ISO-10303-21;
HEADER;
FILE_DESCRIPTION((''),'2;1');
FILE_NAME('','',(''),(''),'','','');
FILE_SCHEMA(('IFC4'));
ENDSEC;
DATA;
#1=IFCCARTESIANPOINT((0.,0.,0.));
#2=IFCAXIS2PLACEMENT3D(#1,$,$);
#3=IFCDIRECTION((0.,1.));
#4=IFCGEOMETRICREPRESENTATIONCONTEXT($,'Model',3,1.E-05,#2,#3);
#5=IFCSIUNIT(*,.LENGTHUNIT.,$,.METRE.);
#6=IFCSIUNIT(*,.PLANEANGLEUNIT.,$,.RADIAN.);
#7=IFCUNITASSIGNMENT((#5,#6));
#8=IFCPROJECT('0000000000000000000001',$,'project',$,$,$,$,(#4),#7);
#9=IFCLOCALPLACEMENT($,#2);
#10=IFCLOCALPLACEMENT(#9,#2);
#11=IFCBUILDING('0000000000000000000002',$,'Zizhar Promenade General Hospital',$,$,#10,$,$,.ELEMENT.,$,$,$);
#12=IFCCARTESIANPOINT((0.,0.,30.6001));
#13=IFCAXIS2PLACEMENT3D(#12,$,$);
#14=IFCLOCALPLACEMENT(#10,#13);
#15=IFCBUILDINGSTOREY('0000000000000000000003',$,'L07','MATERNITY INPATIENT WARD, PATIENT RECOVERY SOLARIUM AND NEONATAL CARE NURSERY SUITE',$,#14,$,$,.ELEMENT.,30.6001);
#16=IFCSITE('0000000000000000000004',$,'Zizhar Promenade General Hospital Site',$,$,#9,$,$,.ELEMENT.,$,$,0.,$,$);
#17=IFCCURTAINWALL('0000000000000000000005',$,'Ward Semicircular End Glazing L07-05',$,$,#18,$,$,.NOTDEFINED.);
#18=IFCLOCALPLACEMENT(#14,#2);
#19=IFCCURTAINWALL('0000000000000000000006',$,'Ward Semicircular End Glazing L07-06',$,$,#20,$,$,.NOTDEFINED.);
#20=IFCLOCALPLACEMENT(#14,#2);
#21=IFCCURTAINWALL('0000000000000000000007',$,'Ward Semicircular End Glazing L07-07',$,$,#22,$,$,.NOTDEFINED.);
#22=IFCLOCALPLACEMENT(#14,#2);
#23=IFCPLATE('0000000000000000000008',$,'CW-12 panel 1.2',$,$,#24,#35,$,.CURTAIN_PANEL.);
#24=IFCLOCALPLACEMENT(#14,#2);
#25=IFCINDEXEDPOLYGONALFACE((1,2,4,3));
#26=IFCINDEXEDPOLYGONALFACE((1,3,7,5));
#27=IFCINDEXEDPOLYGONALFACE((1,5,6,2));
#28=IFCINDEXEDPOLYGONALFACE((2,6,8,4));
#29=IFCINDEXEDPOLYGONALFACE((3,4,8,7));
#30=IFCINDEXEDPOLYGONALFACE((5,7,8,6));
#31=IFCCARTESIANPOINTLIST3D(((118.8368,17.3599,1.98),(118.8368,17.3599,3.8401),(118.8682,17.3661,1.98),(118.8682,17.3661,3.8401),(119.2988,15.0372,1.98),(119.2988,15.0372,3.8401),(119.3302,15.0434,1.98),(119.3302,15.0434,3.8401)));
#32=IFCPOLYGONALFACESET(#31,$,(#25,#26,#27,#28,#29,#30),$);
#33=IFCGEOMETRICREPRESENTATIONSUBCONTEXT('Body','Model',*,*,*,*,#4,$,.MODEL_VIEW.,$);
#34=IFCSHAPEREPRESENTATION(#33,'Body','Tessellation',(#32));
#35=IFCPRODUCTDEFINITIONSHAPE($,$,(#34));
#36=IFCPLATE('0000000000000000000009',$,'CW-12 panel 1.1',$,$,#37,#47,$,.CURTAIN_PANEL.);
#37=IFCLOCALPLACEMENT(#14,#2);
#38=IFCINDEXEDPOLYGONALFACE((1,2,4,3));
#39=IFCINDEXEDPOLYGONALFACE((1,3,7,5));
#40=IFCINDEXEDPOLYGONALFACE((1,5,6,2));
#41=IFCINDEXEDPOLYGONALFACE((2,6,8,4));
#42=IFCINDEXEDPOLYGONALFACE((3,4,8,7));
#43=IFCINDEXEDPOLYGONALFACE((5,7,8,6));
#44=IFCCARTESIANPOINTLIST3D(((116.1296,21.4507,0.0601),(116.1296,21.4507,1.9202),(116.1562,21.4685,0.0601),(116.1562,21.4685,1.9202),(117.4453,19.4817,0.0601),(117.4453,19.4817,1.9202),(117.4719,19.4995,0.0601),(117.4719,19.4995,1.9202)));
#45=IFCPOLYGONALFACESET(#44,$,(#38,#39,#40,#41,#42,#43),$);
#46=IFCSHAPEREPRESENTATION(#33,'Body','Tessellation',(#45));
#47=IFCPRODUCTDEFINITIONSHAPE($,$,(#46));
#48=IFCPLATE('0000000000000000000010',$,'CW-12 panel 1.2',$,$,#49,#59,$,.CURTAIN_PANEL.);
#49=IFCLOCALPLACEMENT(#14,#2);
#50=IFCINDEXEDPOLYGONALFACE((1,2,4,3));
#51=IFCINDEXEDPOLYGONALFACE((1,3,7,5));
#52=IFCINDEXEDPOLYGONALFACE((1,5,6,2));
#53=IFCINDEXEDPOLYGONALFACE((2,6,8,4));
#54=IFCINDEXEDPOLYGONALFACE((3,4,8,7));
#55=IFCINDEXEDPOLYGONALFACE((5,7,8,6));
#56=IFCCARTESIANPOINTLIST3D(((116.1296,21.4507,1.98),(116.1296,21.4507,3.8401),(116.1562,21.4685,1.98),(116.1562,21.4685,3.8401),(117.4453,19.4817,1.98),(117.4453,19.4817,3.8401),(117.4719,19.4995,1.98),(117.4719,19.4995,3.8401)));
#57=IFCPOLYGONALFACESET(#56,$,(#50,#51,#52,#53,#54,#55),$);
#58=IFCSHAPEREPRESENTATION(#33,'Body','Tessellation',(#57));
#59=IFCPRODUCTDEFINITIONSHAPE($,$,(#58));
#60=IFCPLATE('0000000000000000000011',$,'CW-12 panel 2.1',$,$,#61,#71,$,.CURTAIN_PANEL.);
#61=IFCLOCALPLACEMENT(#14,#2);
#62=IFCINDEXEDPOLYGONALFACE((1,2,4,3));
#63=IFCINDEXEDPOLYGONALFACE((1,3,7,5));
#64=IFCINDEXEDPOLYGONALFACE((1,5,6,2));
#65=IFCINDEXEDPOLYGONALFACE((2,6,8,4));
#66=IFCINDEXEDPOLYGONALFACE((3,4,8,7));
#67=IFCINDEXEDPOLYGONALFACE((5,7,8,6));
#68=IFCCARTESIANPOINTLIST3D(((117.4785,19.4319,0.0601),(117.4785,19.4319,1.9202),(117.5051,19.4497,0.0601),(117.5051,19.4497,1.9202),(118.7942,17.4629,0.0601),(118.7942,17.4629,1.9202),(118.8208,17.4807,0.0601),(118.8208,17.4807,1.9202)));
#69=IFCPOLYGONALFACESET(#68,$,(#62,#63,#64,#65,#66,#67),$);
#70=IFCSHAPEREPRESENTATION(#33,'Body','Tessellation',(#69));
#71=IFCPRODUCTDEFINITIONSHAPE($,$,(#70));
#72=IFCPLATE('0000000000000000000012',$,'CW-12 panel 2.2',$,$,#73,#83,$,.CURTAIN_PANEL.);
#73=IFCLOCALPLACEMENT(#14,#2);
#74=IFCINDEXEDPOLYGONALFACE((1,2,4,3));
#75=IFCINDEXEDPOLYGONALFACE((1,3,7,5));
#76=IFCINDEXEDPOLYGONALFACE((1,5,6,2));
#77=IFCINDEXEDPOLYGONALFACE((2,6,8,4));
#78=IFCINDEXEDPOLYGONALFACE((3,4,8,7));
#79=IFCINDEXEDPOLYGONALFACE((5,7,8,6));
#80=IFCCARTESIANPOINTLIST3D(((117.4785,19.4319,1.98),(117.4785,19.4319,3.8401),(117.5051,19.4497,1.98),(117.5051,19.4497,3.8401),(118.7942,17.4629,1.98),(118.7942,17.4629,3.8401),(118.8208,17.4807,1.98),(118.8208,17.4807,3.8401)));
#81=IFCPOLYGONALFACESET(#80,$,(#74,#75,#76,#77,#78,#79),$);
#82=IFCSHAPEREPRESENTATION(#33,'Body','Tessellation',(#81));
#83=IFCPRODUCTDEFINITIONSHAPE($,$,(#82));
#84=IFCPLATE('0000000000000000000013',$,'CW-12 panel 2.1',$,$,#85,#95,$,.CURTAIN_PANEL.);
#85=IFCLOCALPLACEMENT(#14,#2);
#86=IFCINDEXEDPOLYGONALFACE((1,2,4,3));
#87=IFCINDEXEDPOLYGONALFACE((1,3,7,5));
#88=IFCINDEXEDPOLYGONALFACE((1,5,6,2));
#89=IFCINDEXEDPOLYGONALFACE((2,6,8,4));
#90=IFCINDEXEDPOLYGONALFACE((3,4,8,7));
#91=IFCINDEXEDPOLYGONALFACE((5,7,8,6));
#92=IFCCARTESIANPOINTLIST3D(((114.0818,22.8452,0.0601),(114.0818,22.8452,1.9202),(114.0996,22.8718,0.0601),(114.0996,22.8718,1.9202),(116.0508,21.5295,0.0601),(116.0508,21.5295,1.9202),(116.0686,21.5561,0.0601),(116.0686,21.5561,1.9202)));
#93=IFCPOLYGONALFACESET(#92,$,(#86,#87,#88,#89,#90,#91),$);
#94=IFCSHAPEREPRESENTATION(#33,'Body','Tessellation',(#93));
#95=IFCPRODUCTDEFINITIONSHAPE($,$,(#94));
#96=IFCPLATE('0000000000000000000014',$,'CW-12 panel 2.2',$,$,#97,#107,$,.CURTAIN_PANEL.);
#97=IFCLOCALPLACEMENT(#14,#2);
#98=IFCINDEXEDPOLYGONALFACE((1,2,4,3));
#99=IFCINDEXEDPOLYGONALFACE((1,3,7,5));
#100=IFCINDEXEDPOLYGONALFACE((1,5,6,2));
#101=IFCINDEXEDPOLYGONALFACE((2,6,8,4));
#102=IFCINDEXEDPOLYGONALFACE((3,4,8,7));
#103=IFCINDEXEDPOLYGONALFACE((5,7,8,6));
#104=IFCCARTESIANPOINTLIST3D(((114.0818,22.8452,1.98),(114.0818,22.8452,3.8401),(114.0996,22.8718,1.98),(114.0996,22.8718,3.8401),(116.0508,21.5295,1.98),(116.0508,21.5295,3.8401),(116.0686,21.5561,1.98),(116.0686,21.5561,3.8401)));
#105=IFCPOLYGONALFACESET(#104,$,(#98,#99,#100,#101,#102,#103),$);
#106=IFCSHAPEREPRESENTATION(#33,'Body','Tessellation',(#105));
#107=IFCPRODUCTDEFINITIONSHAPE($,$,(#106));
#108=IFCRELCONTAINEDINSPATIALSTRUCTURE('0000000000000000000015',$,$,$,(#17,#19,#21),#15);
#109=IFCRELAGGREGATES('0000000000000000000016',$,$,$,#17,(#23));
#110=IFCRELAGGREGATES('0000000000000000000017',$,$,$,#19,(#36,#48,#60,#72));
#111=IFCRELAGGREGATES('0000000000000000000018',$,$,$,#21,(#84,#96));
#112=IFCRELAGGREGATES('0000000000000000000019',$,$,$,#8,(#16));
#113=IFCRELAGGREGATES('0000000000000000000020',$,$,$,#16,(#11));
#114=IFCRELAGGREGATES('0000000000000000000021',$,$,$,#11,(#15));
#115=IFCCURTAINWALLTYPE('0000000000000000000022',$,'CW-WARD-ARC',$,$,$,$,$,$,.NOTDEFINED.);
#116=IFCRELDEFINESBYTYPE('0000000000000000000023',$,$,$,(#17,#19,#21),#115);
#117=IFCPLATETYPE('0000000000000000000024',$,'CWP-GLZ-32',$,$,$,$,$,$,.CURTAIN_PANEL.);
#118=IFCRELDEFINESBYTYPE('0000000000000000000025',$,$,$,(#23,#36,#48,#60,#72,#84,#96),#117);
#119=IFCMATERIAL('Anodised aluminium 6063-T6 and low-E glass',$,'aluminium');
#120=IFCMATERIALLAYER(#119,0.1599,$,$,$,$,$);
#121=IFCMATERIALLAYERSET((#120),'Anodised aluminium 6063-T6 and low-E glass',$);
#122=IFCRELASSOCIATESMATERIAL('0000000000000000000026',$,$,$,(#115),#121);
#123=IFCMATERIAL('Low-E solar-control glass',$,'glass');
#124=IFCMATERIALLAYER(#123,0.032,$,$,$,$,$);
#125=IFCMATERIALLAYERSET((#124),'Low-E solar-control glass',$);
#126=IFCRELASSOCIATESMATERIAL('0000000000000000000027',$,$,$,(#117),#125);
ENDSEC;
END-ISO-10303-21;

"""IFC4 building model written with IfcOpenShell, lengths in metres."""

from ifc_helpers import new_model, si_unit, direction, frame, origin, origin_2d, place, context, subcontext, project, spatial, rectangle, extrude, material, layer, layer_set, type_object, element, aggregate, save


model = new_model("IFC4")

# Units and contexts
model_context = context("Model", 3, precision=1e-05, world=origin(), true_north=direction((0.0, 1.0)))
body_context = subcontext(model_context, "Body", "Model", "MODEL_VIEW")
ifc_project = project(units=[si_unit("LENGTHUNIT", "METRE"), si_unit("PLANEANGLEUNIT", "RADIAN")], contexts=[model_context])

# Site, building, storey
site_placement = place(None, origin())
site = spatial("IfcSite", under=ifc_project, at=site_placement, Name="Zizhar Promenade General Hospital Site", CompositionType="ELEMENT", RefElevation=0.0)
building_placement = place(site_placement, origin())
building = spatial("IfcBuilding", under=site, at=building_placement, Name="Zizhar Promenade General Hospital", CompositionType="ELEMENT")
storey_placement = place(building_placement, frame((0.0, 0.0, 30.6001)))
storey = spatial("IfcBuildingStorey", under=building, at=storey_placement, Name="L07", Description="MATERNITY INPATIENT WARD, PATIENT RECOVERY SOLARIUM AND NEONATAL CARE NURSERY SUITE", CompositionType="ELEMENT", Elevation=30.6001)

# Curtain walls
ifc_material_1 = material(Name="Anodised aluminium 6063-T6 and low-E glass", Category="aluminium")
ifc_layer_1 = layer(ifc_material_1, 0.1599)
ifc_layer_set_1 = layer_set([ifc_layer_1], Name="Anodised aluminium 6063-T6 and low-E glass")
curtain_wall_type = type_object("IfcCurtainWallType", Name="CW-WARD-ARC", PredefinedType="NOTDEFINED", material=ifc_layer_set_1)
curtain_wall_1_placement = place(storey_placement, origin())
curtain_wall_1 = element("IfcCurtainWall", 1, at=curtain_wall_1_placement, inside=storey, type_object=curtain_wall_type, Name="Ward Semicircular End Glazing L07-05", PredefinedType="NOTDEFINED")
curtain_wall_2_placement = place(storey_placement, origin())
curtain_wall_2 = element("IfcCurtainWall", 2, at=curtain_wall_2_placement, inside=storey, type_object=curtain_wall_type, Name="Ward Semicircular End Glazing L07-06", PredefinedType="NOTDEFINED")

# Curtain wall
curtain_wall_3_placement = place(storey_placement, origin())
curtain_wall_3 = element("IfcCurtainWall", 3, at=curtain_wall_3_placement, inside=storey, type_object=curtain_wall_type, Name="Ward Semicircular End Glazing L07-07", PredefinedType="NOTDEFINED")

# Plates
ifc_material_2 = material(Name="Low-E solar-control glass", Category="glass")
ifc_layer_2 = layer(ifc_material_2, 0.032)
ifc_layer_set_2 = layer_set([ifc_layer_2], Name="Low-E solar-control glass")
plate_type = type_object("IfcPlateType", Name="CWP-GLZ-32", PredefinedType="CURTAIN_PANEL", material=ifc_layer_set_2)
plate_1_placement = place(storey_placement, frame((119.0835, 16.2017, 1.98), z_axis=(0.0, 0.0, 1.0), x_axis=(0.195087, -0.980786, 0.0)))
plate_1 = element("IfcPlate", 4, at=plate_1_placement, type_object=plate_type, Name="CW-12 panel 1.2", PredefinedType="CURTAIN_PANEL", context=body_context, shape_type="SweptSolid", body=[
    extrude(rectangle(XDim=2.3682, YDim=0.032, at=origin_2d()), origin(), (0.0, 0.0, 1.0), 1.8601),
])
aggregate(curtain_wall_1, [plate_1])
plate_2_placement = place(storey_placement, frame((116.8008, 20.4751, 0.0601), z_axis=(0.0, 0.0, 1.0), x_axis=(0.555582, -0.831462, 0.0)))
plate_2 = element("IfcPlate", 5, at=plate_2_placement, type_object=plate_type, Name="CW-12 panel 1.1", PredefinedType="CURTAIN_PANEL", context=body_context, shape_type="SweptSolid", body=[
    extrude(rectangle(XDim=2.3682, YDim=0.032, at=origin_2d()), origin(), (0.0, 0.0, 1.0), 1.8601),
])
plate_3_placement = place(storey_placement, frame((116.8008, 20.4751, 1.98), z_axis=(0.0, 0.0, 1.0), x_axis=(0.555582, -0.831462, 0.0)))
plate_3 = element("IfcPlate", 6, at=plate_3_placement, type_object=plate_type, Name="CW-12 panel 1.2", PredefinedType="CURTAIN_PANEL", context=body_context, shape_type="SweptSolid", body=[
    extrude(rectangle(XDim=2.3682, YDim=0.032, at=origin_2d()), origin(), (0.0, 0.0, 1.0), 1.8601),
])
plate_4_placement = place(storey_placement, frame((118.1497, 18.4563, 0.0601), z_axis=(0.0, 0.0, 1.0), x_axis=(0.555582, -0.831462, 0.0)))
plate_4 = element("IfcPlate", 7, at=plate_4_placement, type_object=plate_type, Name="CW-12 panel 2.1", PredefinedType="CURTAIN_PANEL", context=body_context, shape_type="SweptSolid", body=[
    extrude(rectangle(XDim=2.3682, YDim=0.032, at=origin_2d()), origin(), (0.0, 0.0, 1.0), 1.8601),
])
plate_5_placement = place(storey_placement, frame((118.1497, 18.4563, 1.98), z_axis=(0.0, 0.0, 1.0), x_axis=(0.555582, -0.831462, 0.0)))
plate_5 = element("IfcPlate", 8, at=plate_5_placement, type_object=plate_type, Name="CW-12 panel 2.2", PredefinedType="CURTAIN_PANEL", context=body_context, shape_type="SweptSolid", body=[
    extrude(rectangle(XDim=2.3682, YDim=0.032, at=origin_2d()), origin(), (0.0, 0.0, 1.0), 1.8601),
])
aggregate(curtain_wall_2, [plate_2, plate_3, plate_4, plate_5])
plate_6_placement = place(storey_placement, frame((115.0752, 22.2007, 0.0601), z_axis=(0.0, 0.0, 1.0), x_axis=(0.831462, -0.555582, 0.0)))
plate_6 = element("IfcPlate", 9, at=plate_6_placement, type_object=plate_type, Name="CW-12 panel 2.1", PredefinedType="CURTAIN_PANEL", context=body_context, shape_type="SweptSolid", body=[
    extrude(rectangle(XDim=2.3682, YDim=0.032, at=origin_2d()), origin(), (0.0, 0.0, 1.0), 1.8601),
])
plate_7_placement = place(storey_placement, frame((115.0752, 22.2007, 1.98), z_axis=(0.0, 0.0, 1.0), x_axis=(0.831462, -0.555582, 0.0)))
plate_7 = element("IfcPlate", 10, at=plate_7_placement, type_object=plate_type, Name="CW-12 panel 2.2", PredefinedType="CURTAIN_PANEL", context=body_context, shape_type="SweptSolid", body=[
    extrude(rectangle(XDim=2.3682, YDim=0.032, at=origin_2d()), origin(), (0.0, 0.0, 1.0), 1.8601),
])
aggregate(curtain_wall_3, [plate_6, plate_7])

save(model, "model.ifc")
